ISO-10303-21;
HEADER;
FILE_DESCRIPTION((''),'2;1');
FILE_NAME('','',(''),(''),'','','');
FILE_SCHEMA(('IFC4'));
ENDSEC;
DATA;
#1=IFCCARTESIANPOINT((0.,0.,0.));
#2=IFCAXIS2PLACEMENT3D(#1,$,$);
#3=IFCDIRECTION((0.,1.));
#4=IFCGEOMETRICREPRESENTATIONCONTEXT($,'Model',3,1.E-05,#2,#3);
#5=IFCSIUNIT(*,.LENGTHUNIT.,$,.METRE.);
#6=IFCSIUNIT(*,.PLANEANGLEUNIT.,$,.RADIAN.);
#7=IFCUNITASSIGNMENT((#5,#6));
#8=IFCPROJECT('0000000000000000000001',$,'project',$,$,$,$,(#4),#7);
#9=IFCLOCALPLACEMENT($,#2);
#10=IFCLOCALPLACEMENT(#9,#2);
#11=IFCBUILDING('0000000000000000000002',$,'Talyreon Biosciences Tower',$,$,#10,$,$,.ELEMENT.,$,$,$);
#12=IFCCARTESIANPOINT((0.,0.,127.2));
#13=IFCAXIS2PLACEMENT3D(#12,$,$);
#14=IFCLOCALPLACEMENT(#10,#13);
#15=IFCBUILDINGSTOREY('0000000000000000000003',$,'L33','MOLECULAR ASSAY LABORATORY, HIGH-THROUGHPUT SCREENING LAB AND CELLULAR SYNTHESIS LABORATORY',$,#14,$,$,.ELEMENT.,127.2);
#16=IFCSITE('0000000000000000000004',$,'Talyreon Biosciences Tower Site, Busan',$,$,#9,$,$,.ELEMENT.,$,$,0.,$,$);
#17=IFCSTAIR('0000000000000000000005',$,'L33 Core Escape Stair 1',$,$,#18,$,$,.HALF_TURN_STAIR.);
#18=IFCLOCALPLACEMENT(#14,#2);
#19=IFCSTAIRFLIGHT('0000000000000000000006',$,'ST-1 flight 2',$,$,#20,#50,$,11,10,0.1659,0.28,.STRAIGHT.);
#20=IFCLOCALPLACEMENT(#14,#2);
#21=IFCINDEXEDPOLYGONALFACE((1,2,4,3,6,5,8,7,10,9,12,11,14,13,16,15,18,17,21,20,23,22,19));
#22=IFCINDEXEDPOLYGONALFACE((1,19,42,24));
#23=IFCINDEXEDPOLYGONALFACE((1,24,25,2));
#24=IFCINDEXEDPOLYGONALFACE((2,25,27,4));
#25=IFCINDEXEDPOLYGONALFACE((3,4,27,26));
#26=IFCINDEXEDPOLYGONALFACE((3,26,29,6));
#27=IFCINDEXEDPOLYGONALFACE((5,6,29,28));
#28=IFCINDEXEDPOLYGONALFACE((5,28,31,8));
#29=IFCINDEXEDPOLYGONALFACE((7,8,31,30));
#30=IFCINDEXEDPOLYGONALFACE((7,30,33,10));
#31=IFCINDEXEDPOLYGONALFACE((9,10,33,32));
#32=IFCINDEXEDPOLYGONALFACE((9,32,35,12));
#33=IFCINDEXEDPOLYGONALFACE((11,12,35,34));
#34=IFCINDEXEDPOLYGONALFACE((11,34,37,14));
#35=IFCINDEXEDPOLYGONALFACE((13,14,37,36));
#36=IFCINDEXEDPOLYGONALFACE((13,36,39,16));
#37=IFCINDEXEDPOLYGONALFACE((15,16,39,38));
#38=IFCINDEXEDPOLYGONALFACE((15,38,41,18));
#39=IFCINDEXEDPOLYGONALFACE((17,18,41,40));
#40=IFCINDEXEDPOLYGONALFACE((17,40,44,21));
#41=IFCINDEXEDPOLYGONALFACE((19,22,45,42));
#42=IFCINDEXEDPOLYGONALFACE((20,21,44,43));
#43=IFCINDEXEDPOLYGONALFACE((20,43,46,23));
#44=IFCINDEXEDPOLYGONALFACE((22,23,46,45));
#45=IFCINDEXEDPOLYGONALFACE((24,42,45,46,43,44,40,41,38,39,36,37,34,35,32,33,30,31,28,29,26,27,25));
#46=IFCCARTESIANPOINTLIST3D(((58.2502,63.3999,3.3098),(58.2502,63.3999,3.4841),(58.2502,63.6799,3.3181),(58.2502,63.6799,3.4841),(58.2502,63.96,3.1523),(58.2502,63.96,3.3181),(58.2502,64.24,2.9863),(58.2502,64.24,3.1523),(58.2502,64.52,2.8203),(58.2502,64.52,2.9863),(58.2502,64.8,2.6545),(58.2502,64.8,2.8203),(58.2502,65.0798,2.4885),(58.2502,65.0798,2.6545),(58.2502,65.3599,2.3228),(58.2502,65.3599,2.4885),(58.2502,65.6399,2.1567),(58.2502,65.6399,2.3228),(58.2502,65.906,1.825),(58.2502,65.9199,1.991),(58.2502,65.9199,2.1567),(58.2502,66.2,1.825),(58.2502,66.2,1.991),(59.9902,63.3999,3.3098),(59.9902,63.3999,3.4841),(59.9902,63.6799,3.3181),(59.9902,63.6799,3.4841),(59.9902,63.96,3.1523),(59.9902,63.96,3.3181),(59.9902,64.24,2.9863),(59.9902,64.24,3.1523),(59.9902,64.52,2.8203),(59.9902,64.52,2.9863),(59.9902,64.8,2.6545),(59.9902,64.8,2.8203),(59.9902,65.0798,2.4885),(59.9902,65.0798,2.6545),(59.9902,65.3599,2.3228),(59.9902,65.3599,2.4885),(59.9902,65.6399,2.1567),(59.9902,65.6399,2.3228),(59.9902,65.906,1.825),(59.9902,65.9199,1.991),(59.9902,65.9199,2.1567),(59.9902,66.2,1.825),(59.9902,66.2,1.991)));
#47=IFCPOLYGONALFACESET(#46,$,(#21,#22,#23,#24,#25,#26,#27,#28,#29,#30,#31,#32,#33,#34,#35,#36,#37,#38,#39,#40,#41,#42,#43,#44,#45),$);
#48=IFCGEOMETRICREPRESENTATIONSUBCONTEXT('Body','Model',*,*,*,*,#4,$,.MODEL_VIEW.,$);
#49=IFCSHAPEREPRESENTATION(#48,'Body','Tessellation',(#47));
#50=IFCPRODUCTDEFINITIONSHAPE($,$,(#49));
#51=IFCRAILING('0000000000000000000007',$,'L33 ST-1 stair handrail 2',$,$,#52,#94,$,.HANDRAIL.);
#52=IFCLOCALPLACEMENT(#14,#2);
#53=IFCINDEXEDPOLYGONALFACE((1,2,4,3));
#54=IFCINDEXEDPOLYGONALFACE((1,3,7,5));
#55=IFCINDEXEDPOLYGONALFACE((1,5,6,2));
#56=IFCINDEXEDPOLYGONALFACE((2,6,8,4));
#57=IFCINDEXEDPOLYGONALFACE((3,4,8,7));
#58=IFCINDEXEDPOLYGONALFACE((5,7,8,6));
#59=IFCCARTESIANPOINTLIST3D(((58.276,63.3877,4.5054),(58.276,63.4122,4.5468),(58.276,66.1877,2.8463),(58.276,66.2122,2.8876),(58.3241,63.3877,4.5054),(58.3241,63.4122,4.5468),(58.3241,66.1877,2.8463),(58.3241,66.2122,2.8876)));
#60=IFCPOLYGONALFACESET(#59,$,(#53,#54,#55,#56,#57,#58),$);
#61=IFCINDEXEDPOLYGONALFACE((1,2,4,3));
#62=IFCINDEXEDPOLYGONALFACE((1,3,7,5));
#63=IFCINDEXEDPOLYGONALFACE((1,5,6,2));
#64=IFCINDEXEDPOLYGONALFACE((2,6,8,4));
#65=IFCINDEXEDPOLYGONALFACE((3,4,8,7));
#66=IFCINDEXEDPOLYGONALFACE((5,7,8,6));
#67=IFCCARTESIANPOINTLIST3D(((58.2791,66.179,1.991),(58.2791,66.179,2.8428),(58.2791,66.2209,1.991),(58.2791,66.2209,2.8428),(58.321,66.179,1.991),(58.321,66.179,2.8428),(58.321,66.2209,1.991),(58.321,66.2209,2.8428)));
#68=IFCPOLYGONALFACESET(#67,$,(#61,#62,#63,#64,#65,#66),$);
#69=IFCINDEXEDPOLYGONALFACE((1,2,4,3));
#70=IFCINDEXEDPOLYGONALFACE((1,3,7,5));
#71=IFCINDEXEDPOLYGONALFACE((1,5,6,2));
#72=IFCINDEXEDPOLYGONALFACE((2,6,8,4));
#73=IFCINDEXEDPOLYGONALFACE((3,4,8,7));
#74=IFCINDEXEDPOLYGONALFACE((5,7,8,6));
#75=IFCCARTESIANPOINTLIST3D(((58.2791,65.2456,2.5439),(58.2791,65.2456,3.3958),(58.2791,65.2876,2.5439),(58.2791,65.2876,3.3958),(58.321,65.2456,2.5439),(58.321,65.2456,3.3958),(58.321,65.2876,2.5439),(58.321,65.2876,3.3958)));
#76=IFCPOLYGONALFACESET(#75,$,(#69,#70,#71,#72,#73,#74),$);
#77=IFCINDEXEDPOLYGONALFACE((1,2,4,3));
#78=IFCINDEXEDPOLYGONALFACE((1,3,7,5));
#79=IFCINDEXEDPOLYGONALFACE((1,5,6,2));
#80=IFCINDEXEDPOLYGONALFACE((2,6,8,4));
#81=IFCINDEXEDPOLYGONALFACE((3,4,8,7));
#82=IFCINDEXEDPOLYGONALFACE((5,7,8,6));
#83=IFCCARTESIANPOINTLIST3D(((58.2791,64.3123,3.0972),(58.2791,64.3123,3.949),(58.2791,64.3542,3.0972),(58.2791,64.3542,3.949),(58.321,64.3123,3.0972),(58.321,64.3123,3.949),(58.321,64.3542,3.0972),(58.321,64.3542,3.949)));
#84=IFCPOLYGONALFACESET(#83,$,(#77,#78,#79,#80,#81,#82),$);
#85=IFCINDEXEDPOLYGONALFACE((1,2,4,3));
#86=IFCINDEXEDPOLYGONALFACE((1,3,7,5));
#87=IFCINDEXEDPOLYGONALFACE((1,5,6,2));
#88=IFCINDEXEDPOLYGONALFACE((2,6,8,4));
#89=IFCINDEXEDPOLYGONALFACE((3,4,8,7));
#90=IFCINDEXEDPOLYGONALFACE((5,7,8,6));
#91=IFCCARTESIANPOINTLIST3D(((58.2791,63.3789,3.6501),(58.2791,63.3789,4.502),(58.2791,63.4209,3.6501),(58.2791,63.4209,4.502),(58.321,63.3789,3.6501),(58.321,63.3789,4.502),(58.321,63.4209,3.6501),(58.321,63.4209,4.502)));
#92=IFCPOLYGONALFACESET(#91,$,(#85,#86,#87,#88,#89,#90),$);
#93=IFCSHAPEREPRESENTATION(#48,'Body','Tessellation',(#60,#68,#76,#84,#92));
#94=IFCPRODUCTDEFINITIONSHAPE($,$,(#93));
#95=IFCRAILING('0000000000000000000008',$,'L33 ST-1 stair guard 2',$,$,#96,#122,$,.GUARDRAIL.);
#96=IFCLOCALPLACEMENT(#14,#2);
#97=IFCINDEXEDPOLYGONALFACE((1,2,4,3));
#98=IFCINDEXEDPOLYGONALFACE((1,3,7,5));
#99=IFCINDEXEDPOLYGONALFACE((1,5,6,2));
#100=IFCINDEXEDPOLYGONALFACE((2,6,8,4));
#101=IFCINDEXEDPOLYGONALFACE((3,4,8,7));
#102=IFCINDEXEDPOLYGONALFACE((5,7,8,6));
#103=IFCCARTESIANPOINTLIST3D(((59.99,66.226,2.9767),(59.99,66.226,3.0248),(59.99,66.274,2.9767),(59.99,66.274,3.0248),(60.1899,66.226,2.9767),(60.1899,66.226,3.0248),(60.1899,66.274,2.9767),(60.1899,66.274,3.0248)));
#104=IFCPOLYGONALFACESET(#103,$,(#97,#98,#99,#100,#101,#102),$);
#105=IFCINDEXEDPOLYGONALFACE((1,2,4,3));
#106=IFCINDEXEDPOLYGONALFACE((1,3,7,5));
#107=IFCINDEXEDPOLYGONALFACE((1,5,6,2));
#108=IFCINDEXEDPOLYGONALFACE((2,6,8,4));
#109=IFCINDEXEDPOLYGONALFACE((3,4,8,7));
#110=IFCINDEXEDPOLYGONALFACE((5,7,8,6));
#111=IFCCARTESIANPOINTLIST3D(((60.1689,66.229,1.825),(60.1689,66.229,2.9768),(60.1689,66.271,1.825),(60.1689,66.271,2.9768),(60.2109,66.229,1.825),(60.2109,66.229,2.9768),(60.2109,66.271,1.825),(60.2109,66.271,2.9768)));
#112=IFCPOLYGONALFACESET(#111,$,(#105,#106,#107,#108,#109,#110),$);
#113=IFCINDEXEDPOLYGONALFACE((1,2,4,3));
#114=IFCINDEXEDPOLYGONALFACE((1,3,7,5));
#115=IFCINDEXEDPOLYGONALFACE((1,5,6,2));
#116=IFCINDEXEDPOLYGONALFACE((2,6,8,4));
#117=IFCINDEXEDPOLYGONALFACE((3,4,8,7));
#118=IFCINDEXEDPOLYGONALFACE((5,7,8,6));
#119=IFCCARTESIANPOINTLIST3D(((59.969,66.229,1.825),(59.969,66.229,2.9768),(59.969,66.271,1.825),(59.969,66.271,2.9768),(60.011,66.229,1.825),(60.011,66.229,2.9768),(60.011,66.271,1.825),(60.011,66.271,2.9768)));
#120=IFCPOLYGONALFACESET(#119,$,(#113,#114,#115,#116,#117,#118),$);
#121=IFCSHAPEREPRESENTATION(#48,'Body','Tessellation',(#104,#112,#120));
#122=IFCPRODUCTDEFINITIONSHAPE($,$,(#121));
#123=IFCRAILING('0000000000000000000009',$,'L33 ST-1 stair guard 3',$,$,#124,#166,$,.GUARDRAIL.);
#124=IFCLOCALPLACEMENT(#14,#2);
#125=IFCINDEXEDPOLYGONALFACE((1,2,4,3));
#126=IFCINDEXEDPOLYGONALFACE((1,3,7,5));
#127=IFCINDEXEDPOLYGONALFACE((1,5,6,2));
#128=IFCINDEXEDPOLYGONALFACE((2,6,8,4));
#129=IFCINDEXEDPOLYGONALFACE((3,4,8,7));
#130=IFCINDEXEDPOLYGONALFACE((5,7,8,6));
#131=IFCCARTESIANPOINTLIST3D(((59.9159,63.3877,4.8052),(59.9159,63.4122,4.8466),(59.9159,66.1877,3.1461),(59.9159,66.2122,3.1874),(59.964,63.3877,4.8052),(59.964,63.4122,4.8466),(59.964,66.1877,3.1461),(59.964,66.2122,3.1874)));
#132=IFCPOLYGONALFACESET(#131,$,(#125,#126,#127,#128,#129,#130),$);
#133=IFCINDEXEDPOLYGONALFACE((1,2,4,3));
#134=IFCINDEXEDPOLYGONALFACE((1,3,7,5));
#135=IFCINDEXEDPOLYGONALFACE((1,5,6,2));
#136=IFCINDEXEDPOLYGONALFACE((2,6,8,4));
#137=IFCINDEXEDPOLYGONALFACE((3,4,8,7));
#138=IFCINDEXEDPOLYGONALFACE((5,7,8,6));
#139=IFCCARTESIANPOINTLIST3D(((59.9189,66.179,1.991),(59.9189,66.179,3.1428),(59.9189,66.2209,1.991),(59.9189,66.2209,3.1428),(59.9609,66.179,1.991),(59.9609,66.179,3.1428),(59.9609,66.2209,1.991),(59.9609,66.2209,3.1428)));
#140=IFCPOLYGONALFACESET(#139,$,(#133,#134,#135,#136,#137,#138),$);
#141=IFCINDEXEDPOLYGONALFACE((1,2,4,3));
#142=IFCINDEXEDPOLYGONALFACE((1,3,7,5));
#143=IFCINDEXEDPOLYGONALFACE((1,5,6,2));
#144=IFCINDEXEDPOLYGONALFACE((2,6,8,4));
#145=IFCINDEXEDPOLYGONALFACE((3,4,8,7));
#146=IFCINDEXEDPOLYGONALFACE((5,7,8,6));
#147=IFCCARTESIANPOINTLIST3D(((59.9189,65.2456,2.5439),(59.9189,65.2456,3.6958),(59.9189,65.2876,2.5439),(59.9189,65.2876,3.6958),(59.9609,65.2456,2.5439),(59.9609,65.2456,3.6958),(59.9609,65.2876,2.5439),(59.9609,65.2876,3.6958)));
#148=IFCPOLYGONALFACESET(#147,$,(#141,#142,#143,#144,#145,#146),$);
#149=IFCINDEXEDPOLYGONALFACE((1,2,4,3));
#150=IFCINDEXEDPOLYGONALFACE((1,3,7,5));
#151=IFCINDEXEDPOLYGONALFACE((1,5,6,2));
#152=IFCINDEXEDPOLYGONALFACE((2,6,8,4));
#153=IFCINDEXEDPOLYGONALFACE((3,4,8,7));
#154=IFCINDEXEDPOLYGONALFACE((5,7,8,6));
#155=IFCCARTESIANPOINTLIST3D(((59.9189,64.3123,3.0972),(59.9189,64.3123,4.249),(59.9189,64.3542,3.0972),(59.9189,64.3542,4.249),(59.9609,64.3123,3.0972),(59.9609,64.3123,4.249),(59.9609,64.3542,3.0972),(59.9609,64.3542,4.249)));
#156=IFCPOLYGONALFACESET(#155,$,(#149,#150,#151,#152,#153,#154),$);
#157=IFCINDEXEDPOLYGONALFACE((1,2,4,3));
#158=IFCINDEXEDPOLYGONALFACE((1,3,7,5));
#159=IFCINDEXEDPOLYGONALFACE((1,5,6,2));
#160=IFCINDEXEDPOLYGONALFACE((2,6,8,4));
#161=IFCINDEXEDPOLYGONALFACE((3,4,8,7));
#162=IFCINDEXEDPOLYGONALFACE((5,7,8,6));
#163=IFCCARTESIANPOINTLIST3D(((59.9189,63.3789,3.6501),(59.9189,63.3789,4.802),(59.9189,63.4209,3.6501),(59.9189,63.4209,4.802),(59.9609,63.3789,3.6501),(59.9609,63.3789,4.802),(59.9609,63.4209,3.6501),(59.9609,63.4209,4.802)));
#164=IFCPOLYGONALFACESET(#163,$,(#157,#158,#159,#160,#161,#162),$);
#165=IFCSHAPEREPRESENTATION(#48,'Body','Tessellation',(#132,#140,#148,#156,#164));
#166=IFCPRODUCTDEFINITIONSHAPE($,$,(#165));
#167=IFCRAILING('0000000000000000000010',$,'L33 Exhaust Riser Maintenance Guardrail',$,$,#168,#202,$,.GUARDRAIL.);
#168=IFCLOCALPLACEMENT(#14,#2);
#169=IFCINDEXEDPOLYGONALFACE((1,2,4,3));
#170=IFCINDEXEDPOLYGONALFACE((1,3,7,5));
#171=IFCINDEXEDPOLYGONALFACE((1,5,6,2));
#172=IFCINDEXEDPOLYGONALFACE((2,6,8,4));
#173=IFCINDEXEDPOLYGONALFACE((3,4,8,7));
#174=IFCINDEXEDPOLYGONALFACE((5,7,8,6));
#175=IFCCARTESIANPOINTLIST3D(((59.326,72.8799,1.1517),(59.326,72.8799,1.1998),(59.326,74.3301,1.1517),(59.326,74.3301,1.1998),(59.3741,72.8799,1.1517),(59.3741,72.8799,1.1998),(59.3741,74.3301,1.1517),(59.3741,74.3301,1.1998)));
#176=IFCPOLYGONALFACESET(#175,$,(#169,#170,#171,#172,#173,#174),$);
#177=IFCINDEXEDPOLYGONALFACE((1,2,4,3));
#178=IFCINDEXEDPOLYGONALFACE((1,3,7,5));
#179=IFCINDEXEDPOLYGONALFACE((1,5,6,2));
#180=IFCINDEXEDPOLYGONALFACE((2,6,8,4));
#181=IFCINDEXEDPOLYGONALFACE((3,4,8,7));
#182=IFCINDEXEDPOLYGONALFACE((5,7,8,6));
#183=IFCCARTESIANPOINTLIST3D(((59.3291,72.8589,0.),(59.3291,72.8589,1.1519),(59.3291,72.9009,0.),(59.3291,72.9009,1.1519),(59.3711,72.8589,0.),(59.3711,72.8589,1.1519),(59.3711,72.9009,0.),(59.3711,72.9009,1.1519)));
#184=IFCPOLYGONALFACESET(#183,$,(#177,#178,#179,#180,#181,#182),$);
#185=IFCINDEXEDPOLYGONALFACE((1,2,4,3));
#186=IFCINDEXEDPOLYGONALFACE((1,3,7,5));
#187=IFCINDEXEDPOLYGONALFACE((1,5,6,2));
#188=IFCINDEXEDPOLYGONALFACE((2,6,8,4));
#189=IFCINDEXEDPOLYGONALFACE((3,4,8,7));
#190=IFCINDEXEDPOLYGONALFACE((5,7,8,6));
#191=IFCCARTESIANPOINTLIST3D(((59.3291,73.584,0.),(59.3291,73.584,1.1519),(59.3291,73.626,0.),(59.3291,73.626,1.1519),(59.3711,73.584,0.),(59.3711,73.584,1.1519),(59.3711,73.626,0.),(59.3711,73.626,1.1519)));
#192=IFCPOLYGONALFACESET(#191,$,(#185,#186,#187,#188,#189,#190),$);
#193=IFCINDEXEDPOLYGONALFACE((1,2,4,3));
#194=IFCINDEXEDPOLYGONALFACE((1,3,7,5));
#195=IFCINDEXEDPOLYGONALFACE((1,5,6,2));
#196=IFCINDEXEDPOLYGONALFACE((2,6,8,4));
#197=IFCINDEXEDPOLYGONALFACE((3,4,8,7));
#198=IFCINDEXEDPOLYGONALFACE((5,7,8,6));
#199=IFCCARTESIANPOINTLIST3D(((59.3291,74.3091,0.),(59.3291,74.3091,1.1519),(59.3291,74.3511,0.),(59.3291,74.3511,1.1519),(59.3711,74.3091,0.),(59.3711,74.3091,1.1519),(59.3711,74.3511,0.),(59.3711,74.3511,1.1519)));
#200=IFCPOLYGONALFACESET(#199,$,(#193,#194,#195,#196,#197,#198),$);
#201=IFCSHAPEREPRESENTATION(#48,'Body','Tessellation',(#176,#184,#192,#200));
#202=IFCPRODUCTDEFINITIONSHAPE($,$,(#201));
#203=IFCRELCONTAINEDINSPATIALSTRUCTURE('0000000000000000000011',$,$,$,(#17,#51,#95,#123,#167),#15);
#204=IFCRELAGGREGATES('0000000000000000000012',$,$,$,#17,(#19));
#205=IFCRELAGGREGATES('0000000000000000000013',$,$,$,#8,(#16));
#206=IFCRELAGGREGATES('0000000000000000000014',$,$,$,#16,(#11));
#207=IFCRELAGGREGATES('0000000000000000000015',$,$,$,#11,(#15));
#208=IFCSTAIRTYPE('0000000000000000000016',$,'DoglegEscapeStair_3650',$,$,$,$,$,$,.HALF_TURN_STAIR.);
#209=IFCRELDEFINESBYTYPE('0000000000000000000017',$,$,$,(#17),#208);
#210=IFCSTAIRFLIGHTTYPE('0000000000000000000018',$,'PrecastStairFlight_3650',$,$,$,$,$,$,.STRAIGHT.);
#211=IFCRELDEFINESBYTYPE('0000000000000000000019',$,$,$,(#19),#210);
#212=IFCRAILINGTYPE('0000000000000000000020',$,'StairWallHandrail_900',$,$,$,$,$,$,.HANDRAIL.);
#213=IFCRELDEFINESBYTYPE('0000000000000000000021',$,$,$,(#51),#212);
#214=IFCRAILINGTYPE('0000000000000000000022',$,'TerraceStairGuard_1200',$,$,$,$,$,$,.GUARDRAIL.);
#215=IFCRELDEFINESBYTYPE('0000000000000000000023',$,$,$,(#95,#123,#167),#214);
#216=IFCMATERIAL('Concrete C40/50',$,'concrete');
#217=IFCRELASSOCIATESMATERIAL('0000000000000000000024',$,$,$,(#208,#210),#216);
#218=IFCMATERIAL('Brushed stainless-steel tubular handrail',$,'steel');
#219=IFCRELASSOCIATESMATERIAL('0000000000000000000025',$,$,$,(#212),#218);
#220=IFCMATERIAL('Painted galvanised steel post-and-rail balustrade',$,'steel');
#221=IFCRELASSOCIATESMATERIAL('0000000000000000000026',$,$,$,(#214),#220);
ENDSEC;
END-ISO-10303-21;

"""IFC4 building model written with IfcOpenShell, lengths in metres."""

from ifc_helpers import new_model, si_unit, direction, frame, origin, origin_2d, place, context, subcontext, project, spatial, polyline, rectangle, outline, extrude, material, type_object, element, aggregate, save


model = new_model("IFC4")

# Units and contexts
model_context = context("Model", 3, precision=1e-05, world=origin(), true_north=direction((0.0, 1.0)))
body_context = subcontext(model_context, "Body", "Model", "MODEL_VIEW")
ifc_project = project(units=[si_unit("LENGTHUNIT", "METRE"), si_unit("PLANEANGLEUNIT", "RADIAN")], contexts=[model_context])

# Site, building, storey
site_placement = place(None, origin())
site = spatial("IfcSite", under=ifc_project, at=site_placement, Name="Talyreon Biosciences Tower Site, Busan", CompositionType="ELEMENT", RefElevation=0.0)
building_placement = place(site_placement, origin())
building = spatial("IfcBuilding", under=site, at=building_placement, Name="Talyreon Biosciences Tower", CompositionType="ELEMENT")
storey_placement = place(building_placement, frame((0.0, 0.0, 127.2)))
storey = spatial("IfcBuildingStorey", under=building, at=storey_placement, Name="L33", Description="MOLECULAR ASSAY LABORATORY, HIGH-THROUGHPUT SCREENING LAB AND CELLULAR SYNTHESIS LABORATORY", CompositionType="ELEMENT", Elevation=127.2)

# Stair, stair flight
ifc_material_1 = material(Name="Concrete C40/50", Category="concrete")
stair_type = type_object("IfcStairType", Name="DoglegEscapeStair_3650", PredefinedType="HALF_TURN_STAIR", material=ifc_material_1)
stair_placement = place(storey_placement, origin())
stair = element("IfcStair", 1, at=stair_placement, inside=storey, type_object=stair_type, Name="L33 Core Escape Stair 1", PredefinedType="HALF_TURN_STAIR")
stair_flight_type = type_object("IfcStairFlightType", Name="PrecastStairFlight_3650", PredefinedType="STRAIGHT", material=ifc_material_1)
stair_flight_placement = place(storey_placement, frame((59.1201, 66.2, 1.825), z_axis=(0.0, 0.0, 1.0), x_axis=(0.0, -1.0, 0.0)))
stair_flight = element("IfcStairFlight", 2, at=stair_flight_placement, type_object=stair_flight_type, Name="ST-1 flight 2", NumberOfRisers=11, NumberOfTreads=10, PredefinedType="STRAIGHT", RiserHeight=0.1659, TreadLength=0.28, context=body_context, shape_type="SweptSolid", body=[
    extrude(outline(polyline([(0.0, 0.0), (0.0, 0.166), (0.28, 0.166), (0.28, 0.3318), (0.5601, 0.3318), (0.5601, 0.4978), (0.8401, 0.4978), (0.8401, 0.6636), (1.1201, 0.6636), (1.1201, 0.8296), (1.3999, 0.8296), (1.3999, 0.9954), (1.6799, 0.9954), (1.6799, 1.1614), (1.96, 1.1614), (1.96, 1.3274), (2.24, 1.3274), (2.24, 1.4932), (2.52, 1.4932), (2.52, 1.6592), (2.8, 1.6592), (2.8, 1.825), (2.8, 1.4849), (0.2939, 0.0), (0.0, 0.0)])), frame((0.0, 0.8701, 0.0), z_axis=(0.0, -1.0, 0.0), x_axis=(1.0, 0.0, 0.0)), (0.0, 0.0, 1.0), 1.74),
])
aggregate(stair, [stair_flight])

# Railings
ifc_material_2 = material(Name="Brushed stainless-steel tubular handrail", Category="steel")
railing_type_1 = type_object("IfcRailingType", Name="StairWallHandrail_900", PredefinedType="HANDRAIL", material=ifc_material_2)
railing_1_placement = place(storey_placement, frame((58.3, 66.2, 1.991)))
element("IfcRailing", 3, at=railing_1_placement, inside=storey, type_object=railing_type_1, Name="L33 ST-1 stair handrail 2", PredefinedType="HANDRAIL", context=body_context, shape_type="SweptSolid", body=[
    extrude(rectangle(XDim=0.0481, YDim=0.0481, at=origin_2d()), frame((0.0, 0.0, 0.876), z_axis=(0.0, -0.860306, 0.509778), x_axis=(1.0, 0.0, 0.0)), (0.0, 0.0, 1.0), 3.2546),
    extrude(rectangle(XDim=0.042, YDim=0.042, at=origin_2d()), origin(), (0.0, 0.0, 1.0), 0.8518),
    extrude(rectangle(XDim=0.042, YDim=0.042, at=origin_2d()), frame((0.0, -0.9333, 0.553)), (0.0, 0.0, 1.0), 0.8518),
    extrude(rectangle(XDim=0.042, YDim=0.042, at=origin_2d()), frame((0.0, -1.8667, 1.1062)), (0.0, 0.0, 1.0), 0.8518),
    extrude(rectangle(XDim=0.042, YDim=0.042, at=origin_2d()), frame((0.0, -2.8, 1.6592)), (0.0, 0.0, 1.0), 0.8518),
])
ifc_material_3 = material(Name="Painted galvanised steel post-and-rail balustrade", Category="steel")
railing_type_2 = type_object("IfcRailingType", Name="TerraceStairGuard_1200", PredefinedType="GUARDRAIL", material=ifc_material_3)
railing_2_placement = place(storey_placement, frame((60.1899, 66.25, 1.825)))
element("IfcRailing", 4, at=railing_2_placement, inside=storey, type_object=railing_type_2, Name="L33 ST-1 stair guard 2", PredefinedType="GUARDRAIL", context=body_context, shape_type="SweptSolid", body=[
    extrude(rectangle(XDim=0.0481, YDim=0.0481, at=origin_2d()), frame((0.0, 0.0, 1.1758), z_axis=(-1.0, 0.0, 0.0), x_axis=(0.0, -1.0, 0.0)), (0.0, 0.0, 1.0), 0.2),
    extrude(rectangle(XDim=0.042, YDim=0.042, at=origin_2d()), origin(), (0.0, 0.0, 1.0), 1.1519),
    extrude(rectangle(XDim=0.042, YDim=0.042, at=origin_2d()), frame((-0.2, 0.0, 0.0)), (0.0, 0.0, 1.0), 1.1519),
])
railing_3_placement = place(storey_placement, frame((59.9399, 66.2, 1.991)))
element("IfcRailing", 5, at=railing_3_placement, inside=storey, type_object=railing_type_2, Name="L33 ST-1 stair guard 3", PredefinedType="GUARDRAIL", context=body_context, shape_type="SweptSolid", body=[
    extrude(rectangle(XDim=0.0481, YDim=0.0481, at=origin_2d()), frame((0.0, 0.0, 1.1758), z_axis=(0.0, -0.860306, 0.509778), x_axis=(1.0, 0.0, 0.0)), (0.0, 0.0, 1.0), 3.2546),
    extrude(rectangle(XDim=0.042, YDim=0.042, at=origin_2d()), origin(), (0.0, 0.0, 1.0), 1.1519),
    extrude(rectangle(XDim=0.042, YDim=0.042, at=origin_2d()), frame((0.0, -0.9333, 0.553)), (0.0, 0.0, 1.0), 1.1519),
    extrude(rectangle(XDim=0.042, YDim=0.042, at=origin_2d()), frame((0.0, -1.8667, 1.1062)), (0.0, 0.0, 1.0), 1.1519),
    extrude(rectangle(XDim=0.042, YDim=0.042, at=origin_2d()), frame((0.0, -2.8, 1.6592)), (0.0, 0.0, 1.0), 1.1519),
])
railing_4_placement = place(storey_placement, frame((59.3501, 72.8799, 0.0)))
element("IfcRailing", 6, at=railing_4_placement, inside=storey, type_object=railing_type_2, Name="L33 Exhaust Riser Maintenance Guardrail", PredefinedType="GUARDRAIL", context=body_context, shape_type="SweptSolid", body=[
    extrude(rectangle(XDim=0.0481, YDim=0.0481, at=origin_2d()), frame((0.0, 0.0, 1.1758), z_axis=(0.0, 1.0, 0.0), x_axis=(-1.0, 0.0, 0.0)), (0.0, 0.0, 1.0), 1.4502),
    extrude(rectangle(XDim=0.042, YDim=0.042, at=origin_2d()), origin(), (0.0, 0.0, 1.0), 1.1519),
    extrude(rectangle(XDim=0.042, YDim=0.042, at=origin_2d()), frame((0.0, 0.7251, 0.0)), (0.0, 0.0, 1.0), 1.1519),
    extrude(rectangle(XDim=0.042, YDim=0.042, at=origin_2d()), frame((0.0, 1.4502, 0.0)), (0.0, 0.0, 1.0), 1.1519),
])

save(model, "model.ifc")
